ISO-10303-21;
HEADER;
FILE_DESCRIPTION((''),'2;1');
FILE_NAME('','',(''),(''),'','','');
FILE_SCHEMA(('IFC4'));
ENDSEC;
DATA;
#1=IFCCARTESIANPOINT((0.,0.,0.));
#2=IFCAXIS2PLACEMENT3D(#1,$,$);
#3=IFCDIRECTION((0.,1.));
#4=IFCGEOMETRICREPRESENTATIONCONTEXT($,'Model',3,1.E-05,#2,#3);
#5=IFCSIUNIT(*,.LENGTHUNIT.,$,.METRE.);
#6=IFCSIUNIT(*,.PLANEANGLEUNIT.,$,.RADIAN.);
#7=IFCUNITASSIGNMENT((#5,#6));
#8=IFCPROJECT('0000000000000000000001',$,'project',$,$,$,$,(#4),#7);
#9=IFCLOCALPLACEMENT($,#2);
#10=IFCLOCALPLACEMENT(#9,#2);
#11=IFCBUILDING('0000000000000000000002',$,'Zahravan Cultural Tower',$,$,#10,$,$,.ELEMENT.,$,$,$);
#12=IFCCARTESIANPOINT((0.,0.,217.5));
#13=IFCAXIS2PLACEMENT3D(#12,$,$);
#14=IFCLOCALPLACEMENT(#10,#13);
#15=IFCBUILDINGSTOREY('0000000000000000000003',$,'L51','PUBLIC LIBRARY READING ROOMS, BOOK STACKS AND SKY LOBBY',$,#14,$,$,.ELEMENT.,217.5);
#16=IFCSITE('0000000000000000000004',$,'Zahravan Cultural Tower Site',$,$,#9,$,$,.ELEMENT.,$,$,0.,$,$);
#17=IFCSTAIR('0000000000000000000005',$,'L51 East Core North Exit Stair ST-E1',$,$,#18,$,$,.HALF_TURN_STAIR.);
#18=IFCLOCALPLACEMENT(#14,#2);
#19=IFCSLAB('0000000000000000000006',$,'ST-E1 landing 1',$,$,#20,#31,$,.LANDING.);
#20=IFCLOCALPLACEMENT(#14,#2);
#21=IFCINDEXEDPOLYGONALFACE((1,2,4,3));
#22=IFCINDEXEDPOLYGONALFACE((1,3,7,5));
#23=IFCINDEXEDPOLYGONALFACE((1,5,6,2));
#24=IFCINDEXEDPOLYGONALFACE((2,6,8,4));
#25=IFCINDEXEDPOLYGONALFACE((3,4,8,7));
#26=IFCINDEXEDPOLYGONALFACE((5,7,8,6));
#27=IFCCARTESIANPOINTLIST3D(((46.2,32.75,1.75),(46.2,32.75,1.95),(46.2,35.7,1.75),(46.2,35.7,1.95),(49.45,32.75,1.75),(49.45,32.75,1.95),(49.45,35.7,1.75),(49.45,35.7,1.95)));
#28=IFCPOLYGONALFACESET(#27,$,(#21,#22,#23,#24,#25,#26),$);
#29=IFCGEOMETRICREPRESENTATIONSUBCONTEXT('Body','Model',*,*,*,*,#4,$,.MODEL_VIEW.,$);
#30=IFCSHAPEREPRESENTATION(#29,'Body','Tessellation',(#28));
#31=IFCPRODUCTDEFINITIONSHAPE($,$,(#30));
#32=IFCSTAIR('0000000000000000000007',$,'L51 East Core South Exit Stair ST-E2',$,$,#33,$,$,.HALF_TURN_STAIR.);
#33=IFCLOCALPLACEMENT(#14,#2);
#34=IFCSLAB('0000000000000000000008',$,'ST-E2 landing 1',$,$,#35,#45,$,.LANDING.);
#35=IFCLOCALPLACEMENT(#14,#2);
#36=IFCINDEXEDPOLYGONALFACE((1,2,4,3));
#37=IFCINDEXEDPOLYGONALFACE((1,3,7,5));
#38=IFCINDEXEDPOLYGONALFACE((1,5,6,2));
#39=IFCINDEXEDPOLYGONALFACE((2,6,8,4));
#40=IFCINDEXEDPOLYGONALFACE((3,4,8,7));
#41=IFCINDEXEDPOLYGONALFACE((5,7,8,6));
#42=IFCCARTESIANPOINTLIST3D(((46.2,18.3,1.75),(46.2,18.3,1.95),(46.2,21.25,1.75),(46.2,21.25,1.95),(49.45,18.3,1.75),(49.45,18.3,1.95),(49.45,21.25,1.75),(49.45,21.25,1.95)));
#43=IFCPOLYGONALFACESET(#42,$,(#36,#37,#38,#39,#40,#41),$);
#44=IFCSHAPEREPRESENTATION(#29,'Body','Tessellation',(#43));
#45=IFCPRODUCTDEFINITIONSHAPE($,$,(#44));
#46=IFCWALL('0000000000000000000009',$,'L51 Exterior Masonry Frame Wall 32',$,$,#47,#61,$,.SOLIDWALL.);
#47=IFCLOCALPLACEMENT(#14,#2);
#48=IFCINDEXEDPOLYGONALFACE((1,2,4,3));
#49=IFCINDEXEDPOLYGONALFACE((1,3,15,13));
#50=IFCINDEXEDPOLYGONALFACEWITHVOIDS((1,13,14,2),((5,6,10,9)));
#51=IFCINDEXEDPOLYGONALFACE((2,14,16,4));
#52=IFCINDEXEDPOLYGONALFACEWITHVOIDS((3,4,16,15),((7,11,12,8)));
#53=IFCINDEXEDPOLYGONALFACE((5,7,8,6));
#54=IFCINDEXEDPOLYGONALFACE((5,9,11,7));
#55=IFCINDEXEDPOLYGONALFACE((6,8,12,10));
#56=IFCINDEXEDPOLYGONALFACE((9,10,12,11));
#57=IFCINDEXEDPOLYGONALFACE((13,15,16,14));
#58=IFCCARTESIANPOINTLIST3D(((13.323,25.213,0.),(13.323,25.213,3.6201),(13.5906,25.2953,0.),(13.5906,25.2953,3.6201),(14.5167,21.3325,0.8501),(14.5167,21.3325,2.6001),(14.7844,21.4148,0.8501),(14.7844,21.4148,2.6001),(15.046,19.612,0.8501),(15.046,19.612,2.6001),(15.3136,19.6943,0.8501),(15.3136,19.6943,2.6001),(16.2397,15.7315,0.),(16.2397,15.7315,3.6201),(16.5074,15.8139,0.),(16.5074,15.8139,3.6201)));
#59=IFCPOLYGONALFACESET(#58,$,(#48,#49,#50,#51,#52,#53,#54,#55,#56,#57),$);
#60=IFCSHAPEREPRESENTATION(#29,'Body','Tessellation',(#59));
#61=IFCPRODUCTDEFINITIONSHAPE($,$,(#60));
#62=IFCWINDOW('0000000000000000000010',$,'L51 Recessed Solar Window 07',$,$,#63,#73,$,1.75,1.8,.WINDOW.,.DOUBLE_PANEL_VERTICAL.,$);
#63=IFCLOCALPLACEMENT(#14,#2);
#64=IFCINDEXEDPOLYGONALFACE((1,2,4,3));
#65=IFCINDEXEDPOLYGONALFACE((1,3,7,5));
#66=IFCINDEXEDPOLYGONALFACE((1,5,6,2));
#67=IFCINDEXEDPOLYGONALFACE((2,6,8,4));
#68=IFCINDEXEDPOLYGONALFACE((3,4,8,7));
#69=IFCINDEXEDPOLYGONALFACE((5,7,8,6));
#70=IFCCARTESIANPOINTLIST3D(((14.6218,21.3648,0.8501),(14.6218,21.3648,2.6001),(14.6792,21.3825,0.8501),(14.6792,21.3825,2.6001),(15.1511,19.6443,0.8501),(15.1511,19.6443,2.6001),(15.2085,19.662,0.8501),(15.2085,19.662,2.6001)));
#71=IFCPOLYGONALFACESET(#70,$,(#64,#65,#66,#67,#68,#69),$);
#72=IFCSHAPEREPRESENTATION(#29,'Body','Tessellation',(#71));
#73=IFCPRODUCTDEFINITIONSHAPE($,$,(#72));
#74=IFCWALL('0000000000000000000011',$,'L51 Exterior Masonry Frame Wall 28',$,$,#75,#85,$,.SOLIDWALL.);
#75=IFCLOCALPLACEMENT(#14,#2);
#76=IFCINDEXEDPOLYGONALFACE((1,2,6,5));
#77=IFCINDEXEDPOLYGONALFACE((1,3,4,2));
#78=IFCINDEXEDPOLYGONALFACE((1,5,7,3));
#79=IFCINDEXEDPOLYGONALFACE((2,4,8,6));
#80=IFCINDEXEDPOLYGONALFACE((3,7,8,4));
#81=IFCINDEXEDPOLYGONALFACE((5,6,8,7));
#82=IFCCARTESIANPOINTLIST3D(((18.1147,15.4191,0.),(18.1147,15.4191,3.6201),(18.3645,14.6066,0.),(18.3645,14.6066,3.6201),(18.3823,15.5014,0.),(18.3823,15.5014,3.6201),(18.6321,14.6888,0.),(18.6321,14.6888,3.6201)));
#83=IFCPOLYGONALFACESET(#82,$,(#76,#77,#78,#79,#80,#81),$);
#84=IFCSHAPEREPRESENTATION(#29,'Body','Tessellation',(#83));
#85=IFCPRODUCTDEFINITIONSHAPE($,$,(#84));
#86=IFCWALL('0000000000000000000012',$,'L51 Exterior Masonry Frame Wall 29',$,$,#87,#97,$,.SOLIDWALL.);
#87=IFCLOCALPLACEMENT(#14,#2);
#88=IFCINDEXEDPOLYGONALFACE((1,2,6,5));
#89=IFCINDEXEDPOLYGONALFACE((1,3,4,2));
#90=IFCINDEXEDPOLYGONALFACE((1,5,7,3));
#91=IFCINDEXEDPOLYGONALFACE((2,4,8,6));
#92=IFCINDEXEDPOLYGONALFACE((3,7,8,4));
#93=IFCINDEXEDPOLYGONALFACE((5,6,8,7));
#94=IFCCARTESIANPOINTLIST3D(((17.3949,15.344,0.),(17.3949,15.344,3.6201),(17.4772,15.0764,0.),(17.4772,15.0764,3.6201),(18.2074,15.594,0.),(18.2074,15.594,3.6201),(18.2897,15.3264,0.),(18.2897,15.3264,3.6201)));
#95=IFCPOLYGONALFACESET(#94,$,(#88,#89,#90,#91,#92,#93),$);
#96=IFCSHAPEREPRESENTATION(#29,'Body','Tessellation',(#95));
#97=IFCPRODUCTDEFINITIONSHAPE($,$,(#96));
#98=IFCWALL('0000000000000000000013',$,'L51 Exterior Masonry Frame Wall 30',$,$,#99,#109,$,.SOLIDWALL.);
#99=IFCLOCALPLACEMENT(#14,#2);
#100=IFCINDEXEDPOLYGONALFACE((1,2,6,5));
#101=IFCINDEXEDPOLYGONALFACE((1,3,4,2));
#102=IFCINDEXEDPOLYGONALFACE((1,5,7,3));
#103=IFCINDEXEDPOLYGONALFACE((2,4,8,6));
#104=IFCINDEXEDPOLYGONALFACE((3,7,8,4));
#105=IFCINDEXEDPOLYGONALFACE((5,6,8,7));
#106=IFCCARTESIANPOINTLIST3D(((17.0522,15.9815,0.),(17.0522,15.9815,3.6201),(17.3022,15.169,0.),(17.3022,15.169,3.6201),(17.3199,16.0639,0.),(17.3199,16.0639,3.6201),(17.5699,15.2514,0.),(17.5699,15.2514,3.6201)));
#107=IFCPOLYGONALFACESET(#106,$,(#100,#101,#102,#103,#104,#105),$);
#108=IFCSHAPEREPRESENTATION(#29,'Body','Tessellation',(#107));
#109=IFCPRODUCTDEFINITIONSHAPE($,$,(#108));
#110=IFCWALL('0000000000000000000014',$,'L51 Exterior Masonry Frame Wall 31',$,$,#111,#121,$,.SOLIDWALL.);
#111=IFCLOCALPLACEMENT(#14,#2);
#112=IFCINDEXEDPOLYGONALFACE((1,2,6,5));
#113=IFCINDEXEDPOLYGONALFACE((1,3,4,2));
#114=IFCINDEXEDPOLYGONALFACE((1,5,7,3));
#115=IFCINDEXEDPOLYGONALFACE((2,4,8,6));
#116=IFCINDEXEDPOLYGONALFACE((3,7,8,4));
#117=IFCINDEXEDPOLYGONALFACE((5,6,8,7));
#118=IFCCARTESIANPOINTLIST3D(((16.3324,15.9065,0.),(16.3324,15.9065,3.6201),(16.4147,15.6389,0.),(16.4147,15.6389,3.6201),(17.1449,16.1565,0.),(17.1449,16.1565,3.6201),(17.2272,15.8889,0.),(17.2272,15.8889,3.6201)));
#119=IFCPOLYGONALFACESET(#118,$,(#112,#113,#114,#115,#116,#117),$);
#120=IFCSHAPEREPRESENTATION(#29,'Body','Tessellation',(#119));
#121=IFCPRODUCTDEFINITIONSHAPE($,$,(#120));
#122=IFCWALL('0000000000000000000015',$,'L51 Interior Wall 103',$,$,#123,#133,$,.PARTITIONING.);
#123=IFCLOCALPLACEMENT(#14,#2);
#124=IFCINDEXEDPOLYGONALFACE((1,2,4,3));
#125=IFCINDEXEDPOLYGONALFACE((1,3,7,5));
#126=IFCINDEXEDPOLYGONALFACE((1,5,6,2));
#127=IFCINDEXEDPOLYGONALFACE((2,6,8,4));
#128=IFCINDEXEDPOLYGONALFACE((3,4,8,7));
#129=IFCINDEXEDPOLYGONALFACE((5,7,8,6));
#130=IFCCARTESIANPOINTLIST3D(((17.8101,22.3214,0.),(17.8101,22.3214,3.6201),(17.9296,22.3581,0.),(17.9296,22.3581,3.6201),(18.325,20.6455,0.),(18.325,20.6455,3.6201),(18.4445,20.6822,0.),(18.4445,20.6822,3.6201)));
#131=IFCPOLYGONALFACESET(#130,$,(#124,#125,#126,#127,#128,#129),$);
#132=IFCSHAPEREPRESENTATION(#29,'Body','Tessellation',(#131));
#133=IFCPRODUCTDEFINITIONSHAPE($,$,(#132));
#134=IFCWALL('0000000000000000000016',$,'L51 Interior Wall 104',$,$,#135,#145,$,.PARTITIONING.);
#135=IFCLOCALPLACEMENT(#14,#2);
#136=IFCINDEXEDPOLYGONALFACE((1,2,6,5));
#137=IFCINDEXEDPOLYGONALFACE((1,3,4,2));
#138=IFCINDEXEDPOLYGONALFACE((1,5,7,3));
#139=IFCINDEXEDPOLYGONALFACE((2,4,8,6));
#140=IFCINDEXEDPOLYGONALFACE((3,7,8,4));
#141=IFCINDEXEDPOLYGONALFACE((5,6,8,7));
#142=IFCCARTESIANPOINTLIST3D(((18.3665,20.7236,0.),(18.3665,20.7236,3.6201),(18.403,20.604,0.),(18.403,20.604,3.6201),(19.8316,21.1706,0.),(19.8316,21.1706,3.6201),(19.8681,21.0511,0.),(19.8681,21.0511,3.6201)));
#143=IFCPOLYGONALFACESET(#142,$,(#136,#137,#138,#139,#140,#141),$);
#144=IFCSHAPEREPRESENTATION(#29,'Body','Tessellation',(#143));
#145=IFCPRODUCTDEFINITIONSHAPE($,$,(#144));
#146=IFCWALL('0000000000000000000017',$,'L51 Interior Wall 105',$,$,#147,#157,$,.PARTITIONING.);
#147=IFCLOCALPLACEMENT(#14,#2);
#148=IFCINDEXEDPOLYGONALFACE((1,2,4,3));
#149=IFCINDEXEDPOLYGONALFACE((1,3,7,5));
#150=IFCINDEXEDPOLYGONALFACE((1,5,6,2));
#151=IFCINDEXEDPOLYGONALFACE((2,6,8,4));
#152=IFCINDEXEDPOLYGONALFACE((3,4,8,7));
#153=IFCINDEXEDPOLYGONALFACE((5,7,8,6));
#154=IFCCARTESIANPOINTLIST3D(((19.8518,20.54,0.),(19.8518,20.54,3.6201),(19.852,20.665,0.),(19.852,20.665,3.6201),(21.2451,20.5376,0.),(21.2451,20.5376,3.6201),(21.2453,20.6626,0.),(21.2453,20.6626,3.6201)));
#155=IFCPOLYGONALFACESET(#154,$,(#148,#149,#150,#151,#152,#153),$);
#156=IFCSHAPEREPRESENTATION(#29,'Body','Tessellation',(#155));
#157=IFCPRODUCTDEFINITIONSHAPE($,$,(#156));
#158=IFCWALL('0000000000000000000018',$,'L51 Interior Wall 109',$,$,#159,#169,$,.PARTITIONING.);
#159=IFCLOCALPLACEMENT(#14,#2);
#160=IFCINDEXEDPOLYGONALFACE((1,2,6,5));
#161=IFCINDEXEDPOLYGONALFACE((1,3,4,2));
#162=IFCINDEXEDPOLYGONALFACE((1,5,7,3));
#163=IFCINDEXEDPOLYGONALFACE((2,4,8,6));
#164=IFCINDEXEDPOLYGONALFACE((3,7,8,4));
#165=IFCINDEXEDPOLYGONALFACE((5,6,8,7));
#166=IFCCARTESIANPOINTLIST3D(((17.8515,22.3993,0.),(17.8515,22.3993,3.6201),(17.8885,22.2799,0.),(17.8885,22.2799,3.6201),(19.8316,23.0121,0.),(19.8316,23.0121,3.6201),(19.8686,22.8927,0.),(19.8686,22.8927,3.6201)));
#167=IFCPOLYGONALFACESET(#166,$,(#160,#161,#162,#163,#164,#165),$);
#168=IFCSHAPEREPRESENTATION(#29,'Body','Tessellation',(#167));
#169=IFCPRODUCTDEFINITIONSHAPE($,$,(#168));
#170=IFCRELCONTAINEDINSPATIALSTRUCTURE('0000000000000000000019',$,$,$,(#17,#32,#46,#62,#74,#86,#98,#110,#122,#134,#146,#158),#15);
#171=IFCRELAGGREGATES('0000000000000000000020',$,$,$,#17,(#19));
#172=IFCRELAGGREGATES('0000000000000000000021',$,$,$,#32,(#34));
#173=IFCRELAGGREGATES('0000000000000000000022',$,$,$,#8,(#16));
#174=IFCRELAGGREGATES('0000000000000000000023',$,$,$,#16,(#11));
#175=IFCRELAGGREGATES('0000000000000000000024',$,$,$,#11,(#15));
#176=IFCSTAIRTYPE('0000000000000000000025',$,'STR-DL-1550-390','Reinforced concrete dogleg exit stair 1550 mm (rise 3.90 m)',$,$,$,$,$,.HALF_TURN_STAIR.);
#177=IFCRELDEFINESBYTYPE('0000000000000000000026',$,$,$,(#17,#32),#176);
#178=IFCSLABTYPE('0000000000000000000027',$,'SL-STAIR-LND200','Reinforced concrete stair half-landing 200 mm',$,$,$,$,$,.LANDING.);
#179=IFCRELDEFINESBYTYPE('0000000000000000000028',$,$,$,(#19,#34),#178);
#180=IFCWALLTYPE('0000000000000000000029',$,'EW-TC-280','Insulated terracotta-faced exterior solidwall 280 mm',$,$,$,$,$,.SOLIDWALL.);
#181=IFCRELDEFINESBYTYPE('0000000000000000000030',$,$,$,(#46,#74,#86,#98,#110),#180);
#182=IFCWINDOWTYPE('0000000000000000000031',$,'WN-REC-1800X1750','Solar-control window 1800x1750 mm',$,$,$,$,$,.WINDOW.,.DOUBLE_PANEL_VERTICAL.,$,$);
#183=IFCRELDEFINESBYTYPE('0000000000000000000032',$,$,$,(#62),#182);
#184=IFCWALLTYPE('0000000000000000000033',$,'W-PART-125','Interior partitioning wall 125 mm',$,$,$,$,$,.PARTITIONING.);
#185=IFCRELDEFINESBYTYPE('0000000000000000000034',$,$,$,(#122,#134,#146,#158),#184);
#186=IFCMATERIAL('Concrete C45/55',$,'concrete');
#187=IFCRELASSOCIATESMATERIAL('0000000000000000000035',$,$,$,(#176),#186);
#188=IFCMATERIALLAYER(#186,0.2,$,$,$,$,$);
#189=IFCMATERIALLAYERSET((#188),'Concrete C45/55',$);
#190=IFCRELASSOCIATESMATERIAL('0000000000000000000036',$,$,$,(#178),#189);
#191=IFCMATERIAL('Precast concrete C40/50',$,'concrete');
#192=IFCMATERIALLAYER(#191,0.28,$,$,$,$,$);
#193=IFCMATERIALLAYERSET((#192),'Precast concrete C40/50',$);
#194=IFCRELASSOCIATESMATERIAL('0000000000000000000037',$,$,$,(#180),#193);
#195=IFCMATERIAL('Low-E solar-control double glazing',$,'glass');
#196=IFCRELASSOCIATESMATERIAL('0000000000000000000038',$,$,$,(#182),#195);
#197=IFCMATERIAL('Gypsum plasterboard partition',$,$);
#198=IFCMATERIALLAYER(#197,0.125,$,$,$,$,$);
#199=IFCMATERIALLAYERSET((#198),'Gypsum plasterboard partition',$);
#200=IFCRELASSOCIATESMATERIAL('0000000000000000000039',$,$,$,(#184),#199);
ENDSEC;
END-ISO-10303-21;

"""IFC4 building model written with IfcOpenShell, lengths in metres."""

from ifc_helpers import new_model, si_unit, direction, frame, frame_2d, origin, place, context, subcontext, project, spatial, polyline, rectangle, outline, extrude, source, transform, mapped, material, layer, layer_set, type_object, element, fill, aggregate, save


model = new_model("IFC4")

# Units and contexts
model_context = context("Model", 3, precision=1e-05, world=origin(), true_north=direction((0.0, 1.0)))
body_context = subcontext(model_context, "Body", "Model", "MODEL_VIEW")
ifc_project = project(units=[si_unit("LENGTHUNIT", "METRE"), si_unit("PLANEANGLEUNIT", "RADIAN")], contexts=[model_context])

# Site, building, storey
site_placement = place(None, origin())
site = spatial("IfcSite", under=ifc_project, at=site_placement, Name="Zahravan Cultural Tower Site", CompositionType="ELEMENT", RefElevation=0.0)
building_placement = place(site_placement, origin())
building = spatial("IfcBuilding", under=site, at=building_placement, Name="Zahravan Cultural Tower", CompositionType="ELEMENT")
storey_placement = place(building_placement, frame((0.0, 0.0, 217.5)))
storey = spatial("IfcBuildingStorey", under=building, at=storey_placement, Name="L51", Description="PUBLIC LIBRARY READING ROOMS, BOOK STACKS AND SKY LOBBY", CompositionType="ELEMENT", Elevation=217.5)

# Shared definitions
ifc_material_1 = material(Name="Concrete C45/55", Category="concrete")

# Stairs, slabs
stair_type = type_object("IfcStairType", Name="STR-DL-1550-390", Description="Reinforced concrete dogleg exit stair 1550 mm (rise 3.90 m)", PredefinedType="HALF_TURN_STAIR", material=ifc_material_1)
ifc_layer_1 = layer(ifc_material_1, 0.2)
ifc_layer_set_1 = layer_set([ifc_layer_1], Name="Concrete C45/55")
slab_type_1 = type_object("IfcSlabType", Name="SL-STAIR-LND200", Description="Reinforced concrete stair half-landing 200 mm", PredefinedType="LANDING", material=ifc_layer_set_1)
stair_1_placement = place(storey_placement, origin())
stair_1 = element("IfcStair", 1, at=stair_1_placement, inside=storey, type_object=stair_type, Name="L51 East Core North Exit Stair ST-E1", PredefinedType="HALF_TURN_STAIR")
slab_1_placement = place(storey_placement, frame((0.0, 0.0, 1.75)))
slab_1 = element("IfcSlab", 2, at=slab_1_placement, type_object=slab_type_1, Name="ST-E1 landing 1", PredefinedType="LANDING", context=body_context, shape_type="SweptSolid", body=[
    extrude(outline(polyline([(49.45, 32.75), (49.45, 35.7), (46.2, 35.7), (46.2, 32.75), (49.45, 32.75)])), origin(), (0.0, 0.0, 1.0), 0.2),
])
aggregate(stair_1, [slab_1])
stair_2_placement = place(storey_placement, origin())
stair_2 = element("IfcStair", 3, at=stair_2_placement, inside=storey, type_object=stair_type, Name="L51 East Core South Exit Stair ST-E2", PredefinedType="HALF_TURN_STAIR")
slab_2_placement = place(storey_placement, frame((0.0, 0.0, 1.75)))
slab_2 = element("IfcSlab", 4, at=slab_2_placement, type_object=slab_type_1, Name="ST-E2 landing 1", PredefinedType="LANDING", context=body_context, shape_type="SweptSolid", body=[
    extrude(outline(polyline([(46.2, 21.25), (46.2, 18.3), (49.45, 18.3), (49.45, 21.25), (46.2, 21.25)])), origin(), (0.0, 0.0, 1.0), 0.2),
])
aggregate(stair_2, [slab_2])

# Wall, opening, window
ifc_material_2 = material(Name="Precast concrete C40/50", Category="concrete")
ifc_layer_2 = layer(ifc_material_2, 0.28)
ifc_layer_set_2 = layer_set([ifc_layer_2], Name="Precast concrete C40/50")
wall_type_1 = type_object("IfcWallType", Name="EW-TC-280", Description="Insulated terracotta-faced exterior solidwall 280 mm", PredefinedType="SOLIDWALL", material=ifc_layer_set_2)
wall_1_placement = place(storey_placement, frame((16.3735, 15.7727, 0.0), z_axis=(0.0, 0.0, 1.0), x_axis=(-0.294029, 0.955797, 0.0)))
wall_1 = element("IfcWall", 5, at=wall_1_placement, inside=storey, type_object=wall_type_1, Name="L51 Exterior Masonry Frame Wall 32", PredefinedType="SOLIDWALL", context=body_context, shape_type="SweptSolid", body=[
    extrude(rectangle(XDim=9.9199, YDim=0.28, at=frame_2d((4.96, 0.0))), origin(), (0.0, 0.0, 1.0), 3.6201),
])
opening_placement = place(wall_1_placement, frame((4.0601, 0.0, 0.8501)))
opening = element("IfcOpeningElement", 6, at=opening_placement, cuts=wall_1, PredefinedType="OPENING", context=body_context, shape_type="SweptSolid", body=[
    extrude(rectangle(XDim=1.8, YDim=1.75, at=frame_2d((0.8999, 0.875))), frame((0.0, 0.1499, 0.0), z_axis=(0.0, -1.0, 0.0), x_axis=(1.0, 0.0, 0.0)), (0.0, 0.0, 1.0), 0.3),
])
ifc_material_3 = material(Name="Low-E solar-control double glazing", Category="glass")
window_type = type_object("IfcWindowType", Name="WN-REC-1800X1750", Description="Solar-control window 1800x1750 mm", PartitioningType="DOUBLE_PANEL_VERTICAL", PredefinedType="WINDOW", material=ifc_material_3)
shared_shape_1 = source(origin(), body_context, "Body", "SweptSolid", [
    extrude(rectangle(XDim=1.8, YDim=1.75, at=frame_2d((0.8999, 0.875))), frame((0.0, 0.03, 0.0), z_axis=(0.0, -1.0, 0.0), x_axis=(1.0, 0.0, 0.0)), (0.0, 0.0, 1.0), 0.0601),
])
window_placement = place(opening_placement, origin())
window = element("IfcWindow", 7, at=window_placement, inside=storey, type_object=window_type, Name="L51 Recessed Solar Window 07", OverallHeight=1.75, OverallWidth=1.8, PartitioningType="DOUBLE_PANEL_VERTICAL", PredefinedType="WINDOW", context=body_context, shape_type="MappedRepresentation", body=[
    mapped(shared_shape_1, transform((0.0, 0.0, 0.0), x_axis=(1.0, 0.0, 0.0), y_axis=(0.0, 1.0, 0.0), z_axis=(0.0, 0.0, 1.0), scale=1.0)),
])
fill(opening, window)

# Walls
shared_shape_2 = source(origin(), body_context, "Body", "SweptSolid", [
    extrude(rectangle(XDim=0.8501, YDim=0.28, at=frame_2d((0.425, 0.0))), origin(), (0.0, 0.0, 1.0), 3.6201),
])
for number, where, z_axis, x_axis, name in (
    (8, (18.4983, 14.6477, 0.0), (0.0, 0.0, 1.0), (-0.293823, 0.95586, 0.0), "L51 Exterior Masonry Frame Wall 28"),
    (9, (18.2485, 15.4602, 0.0), (0.0, 0.0, 1.0), (-0.955779, -0.294086, 0.0), "L51 Exterior Masonry Frame Wall 29"),
    (10, (17.436, 15.2102, 0.0), (0.0, 0.0, 1.0), (-0.294086, 0.955779, 0.0), "L51 Exterior Masonry Frame Wall 30"),
    (11, (17.186, 16.0227, 0.0), (0.0, 0.0, 1.0), (-0.955779, -0.294086, 0.0), "L51 Exterior Masonry Frame Wall 31"),
):
    element("IfcWall", number, at=place(storey_placement, frame(where, z_axis=z_axis, x_axis=x_axis)), inside=storey, type_object=wall_type_1, Name=name, PredefinedType="SOLIDWALL", context=body_context, shape_type="MappedRepresentation", body=[
        mapped(shared_shape_2, transform((0.0, 0.0, 0.0), x_axis=(1.0, 0.0, 0.0), y_axis=(0.0, 1.0, 0.0), z_axis=(0.0, 0.0, 1.0), scale=1.0)),
    ])
ifc_material_4 = material(Name="Gypsum plasterboard partition")
ifc_layer_3 = layer(ifc_material_4, 0.125)
ifc_layer_set_3 = layer_set([ifc_layer_3], Name="Gypsum plasterboard partition")
wall_type_2 = type_object("IfcWallType", Name="W-PART-125", Description="Interior partitioning wall 125 mm", PredefinedType="PARTITIONING", material=ifc_layer_set_3)
shared_shape_3 = source(origin(), body_context, "Body", "SweptSolid", [
    extrude(rectangle(XDim=1.7532, YDim=0.125, at=frame_2d((0.8765, 0.0))), origin(), (0.0, 0.0, 1.0), 3.6201),
])
wall_2_placement = place(storey_placement, frame((17.8699, 22.3396, 0.0), z_axis=(0.0, 0.0, 1.0), x_axis=(0.293704, -0.955896, 0.0)))
element("IfcWall", 12, at=wall_2_placement, inside=storey, type_object=wall_type_2, Name="L51 Interior Wall 103", PredefinedType="PARTITIONING", context=body_context, shape_type="MappedRepresentation", body=[
    mapped(shared_shape_3, transform((0.0, 0.0, 0.0), x_axis=(1.0, 0.0, 0.0), y_axis=(0.0, 1.0, 0.0), z_axis=(0.0, 0.0, 1.0), scale=1.0)),
])
shared_shape_4 = source(origin(), body_context, "Body", "SweptSolid", [
    extrude(rectangle(XDim=1.5317, YDim=0.125, at=frame_2d((0.7659, 0.0))), origin(), (0.0, 0.0, 1.0), 3.6201),
])
wall_3_placement = place(storey_placement, frame((18.3848, 20.6638, 0.0), z_axis=(0.0, 0.0, 1.0), x_axis=(0.956469, 0.291834, 0.0)))
element("IfcWall", 13, at=wall_3_placement, inside=storey, type_object=wall_type_2, Name="L51 Interior Wall 104", PredefinedType="PARTITIONING", context=body_context, shape_type="MappedRepresentation", body=[
    mapped(shared_shape_4, transform((0.0, 0.0, 0.0), x_axis=(1.0, 0.0, 0.0), y_axis=(0.0, 1.0, 0.0), z_axis=(0.0, 0.0, 1.0), scale=1.0)),
])
shared_shape_5 = source(origin(), body_context, "Body", "SweptSolid", [
    extrude(rectangle(XDim=1.3933, YDim=0.125, at=frame_2d((0.6968, 0.0))), origin(), (0.0, 0.0, 1.0), 3.6201),
])
wall_4_placement = place(storey_placement, frame((19.8518, 20.6025, 0.0), z_axis=(0.0, 0.0, 1.0), x_axis=(0.999998, -0.001752, 0.0)))
element("IfcWall", 14, at=wall_4_placement, inside=storey, type_object=wall_type_2, Name="L51 Interior Wall 105", PredefinedType="PARTITIONING", context=body_context, shape_type="MappedRepresentation", body=[
    mapped(shared_shape_5, transform((0.0, 0.0, 0.0), x_axis=(1.0, 0.0, 0.0), y_axis=(0.0, 1.0, 0.0), z_axis=(0.0, 0.0, 1.0), scale=1.0)),
])
shared_shape_6 = source(origin(), body_context, "Body", "SweptSolid", [
    extrude(rectangle(XDim=2.0728, YDim=0.125, at=frame_2d((1.0364, 0.0))), origin(), (0.0, 0.0, 1.0), 3.6201),
])
wall_5_placement = place(storey_placement, frame((19.8501, 22.9524, 0.0), z_axis=(0.0, 0.0, 1.0), x_axis=(-0.955304, -0.295625, 0.0)))
element("IfcWall", 15, at=wall_5_placement, inside=storey, type_object=wall_type_2, Name="L51 Interior Wall 109", PredefinedType="PARTITIONING", context=body_context, shape_type="MappedRepresentation", body=[
    mapped(shared_shape_6, transform((0.0, 0.0, 0.0), x_axis=(1.0, 0.0, 0.0), y_axis=(0.0, 1.0, 0.0), z_axis=(0.0, 0.0, 1.0), scale=1.0)),
])

save(model, "model.ifc")
